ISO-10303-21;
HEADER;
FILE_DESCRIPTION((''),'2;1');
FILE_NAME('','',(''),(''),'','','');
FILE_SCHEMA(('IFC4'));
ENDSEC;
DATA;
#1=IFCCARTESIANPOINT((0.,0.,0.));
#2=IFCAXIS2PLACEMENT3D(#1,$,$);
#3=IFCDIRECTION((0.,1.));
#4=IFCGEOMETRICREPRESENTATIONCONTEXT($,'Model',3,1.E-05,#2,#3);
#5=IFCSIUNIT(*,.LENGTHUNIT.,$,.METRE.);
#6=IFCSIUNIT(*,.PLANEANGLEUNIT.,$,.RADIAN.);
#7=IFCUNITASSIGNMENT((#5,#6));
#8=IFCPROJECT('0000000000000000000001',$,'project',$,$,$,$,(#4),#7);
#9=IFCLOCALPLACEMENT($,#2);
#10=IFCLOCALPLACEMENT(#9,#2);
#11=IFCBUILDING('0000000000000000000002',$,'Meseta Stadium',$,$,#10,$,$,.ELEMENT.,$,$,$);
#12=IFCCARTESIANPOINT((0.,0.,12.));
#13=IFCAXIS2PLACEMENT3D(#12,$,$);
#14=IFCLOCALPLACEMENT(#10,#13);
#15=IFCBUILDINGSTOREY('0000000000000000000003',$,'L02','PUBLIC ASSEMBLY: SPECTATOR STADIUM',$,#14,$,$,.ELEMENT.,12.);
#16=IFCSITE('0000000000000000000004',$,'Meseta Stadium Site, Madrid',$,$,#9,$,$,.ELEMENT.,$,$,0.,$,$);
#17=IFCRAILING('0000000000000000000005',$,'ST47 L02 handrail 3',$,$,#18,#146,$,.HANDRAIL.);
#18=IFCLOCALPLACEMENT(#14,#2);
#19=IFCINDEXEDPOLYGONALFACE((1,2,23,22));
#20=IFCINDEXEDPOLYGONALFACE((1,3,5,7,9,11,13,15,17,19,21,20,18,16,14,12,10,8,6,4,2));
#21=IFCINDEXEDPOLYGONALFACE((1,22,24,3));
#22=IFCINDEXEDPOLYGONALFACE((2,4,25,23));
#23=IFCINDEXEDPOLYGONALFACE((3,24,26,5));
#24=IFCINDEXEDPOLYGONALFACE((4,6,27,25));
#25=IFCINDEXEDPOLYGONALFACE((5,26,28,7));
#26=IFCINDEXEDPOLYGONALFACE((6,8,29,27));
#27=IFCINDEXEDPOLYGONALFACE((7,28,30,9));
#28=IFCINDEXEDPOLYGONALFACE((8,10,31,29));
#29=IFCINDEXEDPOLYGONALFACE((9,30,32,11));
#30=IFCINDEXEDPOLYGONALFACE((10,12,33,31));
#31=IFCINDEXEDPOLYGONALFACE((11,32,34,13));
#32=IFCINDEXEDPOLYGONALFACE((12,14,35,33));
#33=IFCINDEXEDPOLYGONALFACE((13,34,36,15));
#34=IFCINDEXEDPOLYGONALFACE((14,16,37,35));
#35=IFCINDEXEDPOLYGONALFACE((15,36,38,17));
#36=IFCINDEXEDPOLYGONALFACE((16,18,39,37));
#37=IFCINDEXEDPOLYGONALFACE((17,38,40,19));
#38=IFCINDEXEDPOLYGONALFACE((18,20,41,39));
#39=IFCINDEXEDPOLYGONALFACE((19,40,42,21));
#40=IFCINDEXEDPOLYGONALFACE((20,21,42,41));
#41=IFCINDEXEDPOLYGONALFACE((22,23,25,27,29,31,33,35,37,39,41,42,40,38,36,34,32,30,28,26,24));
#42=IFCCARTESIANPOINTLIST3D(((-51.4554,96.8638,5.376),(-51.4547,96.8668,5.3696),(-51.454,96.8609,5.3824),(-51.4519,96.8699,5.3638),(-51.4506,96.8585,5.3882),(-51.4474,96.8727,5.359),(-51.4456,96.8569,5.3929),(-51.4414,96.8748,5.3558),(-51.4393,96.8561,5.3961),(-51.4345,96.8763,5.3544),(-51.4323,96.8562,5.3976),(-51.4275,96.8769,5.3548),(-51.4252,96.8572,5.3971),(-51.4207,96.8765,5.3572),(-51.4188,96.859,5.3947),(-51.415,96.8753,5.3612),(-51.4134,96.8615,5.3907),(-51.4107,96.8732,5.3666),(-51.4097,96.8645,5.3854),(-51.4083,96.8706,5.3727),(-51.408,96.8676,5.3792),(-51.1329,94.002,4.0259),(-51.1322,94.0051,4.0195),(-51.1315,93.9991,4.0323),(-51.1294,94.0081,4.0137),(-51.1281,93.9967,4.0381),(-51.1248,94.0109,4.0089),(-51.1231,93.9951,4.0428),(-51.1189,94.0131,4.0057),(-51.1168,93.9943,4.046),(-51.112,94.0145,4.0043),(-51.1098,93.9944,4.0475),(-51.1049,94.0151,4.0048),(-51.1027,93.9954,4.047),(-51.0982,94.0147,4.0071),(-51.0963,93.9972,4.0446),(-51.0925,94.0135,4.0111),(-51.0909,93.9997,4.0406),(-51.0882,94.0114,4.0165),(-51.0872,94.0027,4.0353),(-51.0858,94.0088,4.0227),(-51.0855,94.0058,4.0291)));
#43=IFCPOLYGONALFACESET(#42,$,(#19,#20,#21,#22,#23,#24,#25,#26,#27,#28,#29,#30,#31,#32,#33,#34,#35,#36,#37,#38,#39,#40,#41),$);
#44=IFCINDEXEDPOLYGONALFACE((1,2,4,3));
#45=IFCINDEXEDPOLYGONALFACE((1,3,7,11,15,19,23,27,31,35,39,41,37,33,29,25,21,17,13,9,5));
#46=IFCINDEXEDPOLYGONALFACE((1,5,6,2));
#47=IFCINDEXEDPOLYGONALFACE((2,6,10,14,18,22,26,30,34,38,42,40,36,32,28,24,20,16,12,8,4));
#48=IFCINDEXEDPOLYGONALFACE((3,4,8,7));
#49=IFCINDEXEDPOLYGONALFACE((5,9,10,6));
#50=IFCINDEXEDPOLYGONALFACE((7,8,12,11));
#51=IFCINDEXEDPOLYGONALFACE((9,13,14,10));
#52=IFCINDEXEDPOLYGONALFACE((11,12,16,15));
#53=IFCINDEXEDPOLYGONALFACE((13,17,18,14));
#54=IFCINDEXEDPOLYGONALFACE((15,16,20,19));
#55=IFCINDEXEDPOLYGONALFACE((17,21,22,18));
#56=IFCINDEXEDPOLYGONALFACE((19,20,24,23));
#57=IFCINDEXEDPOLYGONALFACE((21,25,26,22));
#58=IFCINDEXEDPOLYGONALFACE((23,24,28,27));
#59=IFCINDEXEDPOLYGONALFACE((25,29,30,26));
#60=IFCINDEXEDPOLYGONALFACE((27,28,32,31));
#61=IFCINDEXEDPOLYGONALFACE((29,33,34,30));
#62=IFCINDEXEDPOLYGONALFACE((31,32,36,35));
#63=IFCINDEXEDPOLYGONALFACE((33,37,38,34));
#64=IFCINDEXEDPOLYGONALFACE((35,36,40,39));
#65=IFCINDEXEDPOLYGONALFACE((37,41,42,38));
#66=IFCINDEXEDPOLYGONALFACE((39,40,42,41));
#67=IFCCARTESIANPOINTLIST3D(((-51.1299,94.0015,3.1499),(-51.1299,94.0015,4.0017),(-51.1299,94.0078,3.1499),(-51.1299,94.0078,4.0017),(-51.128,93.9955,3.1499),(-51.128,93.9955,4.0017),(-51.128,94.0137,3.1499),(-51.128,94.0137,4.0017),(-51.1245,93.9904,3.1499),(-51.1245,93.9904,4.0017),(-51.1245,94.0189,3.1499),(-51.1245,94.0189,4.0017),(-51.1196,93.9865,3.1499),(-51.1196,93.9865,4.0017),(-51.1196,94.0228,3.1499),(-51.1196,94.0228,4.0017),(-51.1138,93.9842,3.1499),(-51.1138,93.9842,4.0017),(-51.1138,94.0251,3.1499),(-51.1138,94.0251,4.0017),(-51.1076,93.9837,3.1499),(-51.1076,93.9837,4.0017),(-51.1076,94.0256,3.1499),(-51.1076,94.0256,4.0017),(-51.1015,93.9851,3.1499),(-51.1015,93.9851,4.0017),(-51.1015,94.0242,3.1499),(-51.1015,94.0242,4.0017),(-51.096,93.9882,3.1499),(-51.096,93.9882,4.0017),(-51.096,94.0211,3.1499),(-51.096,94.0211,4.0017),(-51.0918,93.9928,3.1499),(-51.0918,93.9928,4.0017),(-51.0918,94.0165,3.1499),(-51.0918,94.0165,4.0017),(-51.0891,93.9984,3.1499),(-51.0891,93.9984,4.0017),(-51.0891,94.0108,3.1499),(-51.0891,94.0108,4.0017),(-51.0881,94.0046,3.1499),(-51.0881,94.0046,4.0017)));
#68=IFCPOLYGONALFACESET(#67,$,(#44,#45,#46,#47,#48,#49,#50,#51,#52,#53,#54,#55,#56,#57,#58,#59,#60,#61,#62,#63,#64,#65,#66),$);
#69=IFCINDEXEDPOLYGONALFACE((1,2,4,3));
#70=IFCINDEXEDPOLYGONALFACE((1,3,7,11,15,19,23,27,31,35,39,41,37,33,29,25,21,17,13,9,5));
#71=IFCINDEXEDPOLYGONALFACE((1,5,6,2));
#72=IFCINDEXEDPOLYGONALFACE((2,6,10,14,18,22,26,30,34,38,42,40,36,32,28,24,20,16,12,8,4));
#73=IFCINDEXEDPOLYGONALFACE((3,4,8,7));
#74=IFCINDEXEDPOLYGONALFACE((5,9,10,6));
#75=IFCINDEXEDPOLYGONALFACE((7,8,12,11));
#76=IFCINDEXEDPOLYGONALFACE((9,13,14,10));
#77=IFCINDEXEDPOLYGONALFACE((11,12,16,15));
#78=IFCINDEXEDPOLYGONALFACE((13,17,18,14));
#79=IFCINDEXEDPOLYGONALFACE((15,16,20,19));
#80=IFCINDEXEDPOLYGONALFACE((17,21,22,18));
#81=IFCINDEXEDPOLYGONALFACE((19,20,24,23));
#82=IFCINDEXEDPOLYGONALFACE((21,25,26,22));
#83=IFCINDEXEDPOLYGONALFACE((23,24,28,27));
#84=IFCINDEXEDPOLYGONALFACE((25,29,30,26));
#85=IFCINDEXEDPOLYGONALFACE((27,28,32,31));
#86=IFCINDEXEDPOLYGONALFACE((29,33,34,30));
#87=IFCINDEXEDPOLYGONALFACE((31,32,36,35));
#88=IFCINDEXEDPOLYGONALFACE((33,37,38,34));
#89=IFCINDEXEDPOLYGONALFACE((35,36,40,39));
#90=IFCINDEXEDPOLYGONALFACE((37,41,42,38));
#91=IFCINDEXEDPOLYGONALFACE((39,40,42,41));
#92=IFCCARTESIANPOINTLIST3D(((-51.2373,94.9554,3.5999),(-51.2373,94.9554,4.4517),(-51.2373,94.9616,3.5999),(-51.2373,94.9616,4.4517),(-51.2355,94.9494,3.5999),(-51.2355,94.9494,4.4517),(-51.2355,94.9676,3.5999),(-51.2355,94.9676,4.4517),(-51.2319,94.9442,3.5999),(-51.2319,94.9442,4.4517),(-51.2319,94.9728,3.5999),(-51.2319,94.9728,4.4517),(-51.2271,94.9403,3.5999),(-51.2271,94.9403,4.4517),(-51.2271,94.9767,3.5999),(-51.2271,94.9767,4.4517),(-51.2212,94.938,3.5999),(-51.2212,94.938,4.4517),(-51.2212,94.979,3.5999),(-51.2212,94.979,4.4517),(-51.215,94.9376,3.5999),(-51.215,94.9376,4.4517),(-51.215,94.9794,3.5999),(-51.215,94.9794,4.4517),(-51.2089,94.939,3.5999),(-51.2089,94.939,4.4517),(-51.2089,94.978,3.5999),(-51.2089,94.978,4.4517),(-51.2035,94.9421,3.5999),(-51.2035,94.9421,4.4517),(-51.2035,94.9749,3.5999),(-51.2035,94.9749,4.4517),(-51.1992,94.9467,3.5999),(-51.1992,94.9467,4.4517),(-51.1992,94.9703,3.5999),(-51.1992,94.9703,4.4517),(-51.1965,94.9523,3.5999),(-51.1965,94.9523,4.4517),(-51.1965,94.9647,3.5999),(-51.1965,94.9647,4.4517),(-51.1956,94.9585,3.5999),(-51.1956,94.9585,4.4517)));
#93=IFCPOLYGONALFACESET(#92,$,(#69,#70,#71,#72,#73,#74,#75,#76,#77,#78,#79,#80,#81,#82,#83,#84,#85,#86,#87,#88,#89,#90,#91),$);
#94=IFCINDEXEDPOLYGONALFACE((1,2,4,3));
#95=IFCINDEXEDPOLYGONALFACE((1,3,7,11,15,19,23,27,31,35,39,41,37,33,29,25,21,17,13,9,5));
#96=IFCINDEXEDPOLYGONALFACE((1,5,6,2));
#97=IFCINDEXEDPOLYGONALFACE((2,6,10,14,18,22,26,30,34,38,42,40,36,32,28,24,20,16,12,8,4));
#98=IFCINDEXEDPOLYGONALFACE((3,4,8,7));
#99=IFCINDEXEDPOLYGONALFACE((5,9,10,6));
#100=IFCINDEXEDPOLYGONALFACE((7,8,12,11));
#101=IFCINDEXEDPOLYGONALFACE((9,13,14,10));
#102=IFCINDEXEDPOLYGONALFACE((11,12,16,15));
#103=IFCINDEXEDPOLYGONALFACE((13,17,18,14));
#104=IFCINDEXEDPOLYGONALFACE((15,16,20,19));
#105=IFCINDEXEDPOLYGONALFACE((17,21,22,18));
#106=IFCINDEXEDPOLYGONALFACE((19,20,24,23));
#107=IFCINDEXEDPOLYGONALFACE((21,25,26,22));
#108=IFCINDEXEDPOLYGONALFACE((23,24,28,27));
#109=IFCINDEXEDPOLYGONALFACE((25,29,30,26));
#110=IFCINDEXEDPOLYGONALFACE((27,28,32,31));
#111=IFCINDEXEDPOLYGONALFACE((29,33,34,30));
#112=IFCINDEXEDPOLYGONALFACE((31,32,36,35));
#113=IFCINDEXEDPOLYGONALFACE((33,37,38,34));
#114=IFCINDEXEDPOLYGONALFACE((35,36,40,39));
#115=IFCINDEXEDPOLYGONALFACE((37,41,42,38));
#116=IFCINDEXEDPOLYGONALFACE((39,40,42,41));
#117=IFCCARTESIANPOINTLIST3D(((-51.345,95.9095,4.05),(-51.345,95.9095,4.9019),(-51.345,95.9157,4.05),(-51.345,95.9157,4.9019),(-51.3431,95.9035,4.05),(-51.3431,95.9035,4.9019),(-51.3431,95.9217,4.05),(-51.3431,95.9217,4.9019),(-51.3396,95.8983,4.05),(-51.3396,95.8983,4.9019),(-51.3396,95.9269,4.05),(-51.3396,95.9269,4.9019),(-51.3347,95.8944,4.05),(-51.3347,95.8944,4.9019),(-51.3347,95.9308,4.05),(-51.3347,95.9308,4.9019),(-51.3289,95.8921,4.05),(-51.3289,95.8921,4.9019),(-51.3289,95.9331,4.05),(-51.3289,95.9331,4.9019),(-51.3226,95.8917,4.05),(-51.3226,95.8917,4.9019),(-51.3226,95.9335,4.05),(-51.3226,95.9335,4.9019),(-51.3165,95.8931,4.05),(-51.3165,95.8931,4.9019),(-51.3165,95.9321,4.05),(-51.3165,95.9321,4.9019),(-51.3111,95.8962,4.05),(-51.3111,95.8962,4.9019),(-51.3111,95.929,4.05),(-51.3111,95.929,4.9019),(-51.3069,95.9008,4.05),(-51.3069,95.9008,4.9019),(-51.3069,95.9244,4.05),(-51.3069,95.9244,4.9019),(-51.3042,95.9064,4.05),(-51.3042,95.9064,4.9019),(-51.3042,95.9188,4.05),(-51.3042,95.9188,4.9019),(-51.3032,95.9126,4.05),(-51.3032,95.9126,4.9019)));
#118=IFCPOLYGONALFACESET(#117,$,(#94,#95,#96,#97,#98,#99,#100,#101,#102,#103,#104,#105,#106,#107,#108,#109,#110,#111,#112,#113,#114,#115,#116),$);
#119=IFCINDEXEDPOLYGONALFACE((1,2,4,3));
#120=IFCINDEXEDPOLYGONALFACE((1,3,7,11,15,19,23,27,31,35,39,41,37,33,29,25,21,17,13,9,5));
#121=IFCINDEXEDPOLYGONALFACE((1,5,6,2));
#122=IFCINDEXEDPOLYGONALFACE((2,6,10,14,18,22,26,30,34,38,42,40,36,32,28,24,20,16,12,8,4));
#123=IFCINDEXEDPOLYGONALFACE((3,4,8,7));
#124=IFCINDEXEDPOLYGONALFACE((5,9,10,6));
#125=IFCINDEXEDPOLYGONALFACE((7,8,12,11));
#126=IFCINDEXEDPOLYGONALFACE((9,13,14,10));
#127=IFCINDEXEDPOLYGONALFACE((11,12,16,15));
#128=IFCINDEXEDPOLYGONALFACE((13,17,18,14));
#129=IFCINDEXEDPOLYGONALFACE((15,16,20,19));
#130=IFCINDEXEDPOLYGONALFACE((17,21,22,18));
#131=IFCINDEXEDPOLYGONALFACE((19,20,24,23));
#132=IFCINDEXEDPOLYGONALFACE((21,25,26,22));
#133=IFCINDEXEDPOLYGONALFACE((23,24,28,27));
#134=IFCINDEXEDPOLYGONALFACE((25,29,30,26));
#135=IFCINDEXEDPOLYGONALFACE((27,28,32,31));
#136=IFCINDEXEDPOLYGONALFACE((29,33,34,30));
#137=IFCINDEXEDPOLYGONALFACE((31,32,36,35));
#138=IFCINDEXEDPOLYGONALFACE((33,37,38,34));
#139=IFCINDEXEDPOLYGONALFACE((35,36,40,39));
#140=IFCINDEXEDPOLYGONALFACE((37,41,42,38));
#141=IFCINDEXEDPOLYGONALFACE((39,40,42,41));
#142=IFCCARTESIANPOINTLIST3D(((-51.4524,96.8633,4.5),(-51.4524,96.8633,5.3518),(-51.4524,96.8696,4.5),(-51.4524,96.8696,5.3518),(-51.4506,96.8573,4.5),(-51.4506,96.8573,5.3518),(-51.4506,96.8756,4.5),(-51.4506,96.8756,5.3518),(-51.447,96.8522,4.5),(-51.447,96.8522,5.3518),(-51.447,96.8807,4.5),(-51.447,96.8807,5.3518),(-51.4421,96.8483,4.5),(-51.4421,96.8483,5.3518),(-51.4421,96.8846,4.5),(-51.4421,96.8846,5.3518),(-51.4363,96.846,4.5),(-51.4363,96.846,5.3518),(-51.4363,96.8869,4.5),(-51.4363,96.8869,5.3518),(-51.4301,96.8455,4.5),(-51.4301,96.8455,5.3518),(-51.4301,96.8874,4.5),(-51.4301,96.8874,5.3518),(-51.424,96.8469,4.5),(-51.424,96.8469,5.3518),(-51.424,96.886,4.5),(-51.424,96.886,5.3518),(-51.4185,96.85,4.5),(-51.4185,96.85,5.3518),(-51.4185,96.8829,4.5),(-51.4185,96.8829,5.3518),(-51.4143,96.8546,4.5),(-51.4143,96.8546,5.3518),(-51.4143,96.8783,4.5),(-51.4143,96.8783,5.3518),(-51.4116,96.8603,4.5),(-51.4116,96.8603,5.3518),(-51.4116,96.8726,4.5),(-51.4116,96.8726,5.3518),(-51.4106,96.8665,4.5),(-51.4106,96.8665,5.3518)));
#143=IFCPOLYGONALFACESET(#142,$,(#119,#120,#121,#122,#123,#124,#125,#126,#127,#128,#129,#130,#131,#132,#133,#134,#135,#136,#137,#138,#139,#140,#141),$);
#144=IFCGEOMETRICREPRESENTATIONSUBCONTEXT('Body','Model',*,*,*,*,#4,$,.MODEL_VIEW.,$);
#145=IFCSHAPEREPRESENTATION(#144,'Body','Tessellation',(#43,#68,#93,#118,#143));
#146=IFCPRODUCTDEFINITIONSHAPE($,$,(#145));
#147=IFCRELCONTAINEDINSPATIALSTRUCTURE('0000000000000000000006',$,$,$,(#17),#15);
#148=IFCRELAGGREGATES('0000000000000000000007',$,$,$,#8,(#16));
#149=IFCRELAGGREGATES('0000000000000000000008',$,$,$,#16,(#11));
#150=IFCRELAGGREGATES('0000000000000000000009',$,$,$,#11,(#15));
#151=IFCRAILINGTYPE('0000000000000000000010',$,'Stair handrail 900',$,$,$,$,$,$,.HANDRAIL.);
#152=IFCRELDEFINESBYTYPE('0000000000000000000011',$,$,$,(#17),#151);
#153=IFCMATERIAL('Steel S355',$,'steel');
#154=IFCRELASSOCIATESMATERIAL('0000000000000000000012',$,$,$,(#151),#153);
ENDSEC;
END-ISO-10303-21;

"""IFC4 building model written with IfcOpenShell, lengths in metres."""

from ifc_helpers import new_model, si_unit, direction, frame, origin, origin_2d, place, context, subcontext, project, spatial, circle, extrude, material, type_object, element, save


model = new_model("IFC4")

# Units and contexts
model_context = context("Model", 3, precision=1e-05, world=origin(), true_north=direction((0.0, 1.0)))
body_context = subcontext(model_context, "Body", "Model", "MODEL_VIEW")
ifc_project = project(units=[si_unit("LENGTHUNIT", "METRE"), si_unit("PLANEANGLEUNIT", "RADIAN")], contexts=[model_context])

# Site, building, storey
site_placement = place(None, origin())
site = spatial("IfcSite", under=ifc_project, at=site_placement, Name="Meseta Stadium Site, Madrid", CompositionType="ELEMENT", RefElevation=0.0)
building_placement = place(site_placement, origin())
building = spatial("IfcBuilding", under=site, at=building_placement, Name="Meseta Stadium", CompositionType="ELEMENT")
storey_placement = place(building_placement, frame((0.0, 0.0, 12.0)))
storey = spatial("IfcBuildingStorey", under=building, at=storey_placement, Name="L02", Description="PUBLIC ASSEMBLY: SPECTATOR STADIUM", CompositionType="ELEMENT", Elevation=12.0)

# Railing
ifc_material_1 = material(Name="Steel S355", Category="steel")
railing_type_1 = type_object("IfcRailingType", Name="Stair handrail 900", PredefinedType="HANDRAIL", material=ifc_material_1)
for number, where, name in (
    (1, (-51.1091, 94.0046, 3.1499), "ST47 L02 handrail 3"),
):
    element("IfcRailing", number, at=place(storey_placement, frame(where)), inside=storey, type_object=railing_type_1, Name=name, PredefinedType="HANDRAIL", context=body_context, shape_type="SweptSolid", body=[
        extrude(circle(Radius=0.0239, at=origin_2d()), frame((0.0, 0.0, 0.876), z_axis=(-0.101396, 0.899748, 0.424467), x_axis=(-0.99371, -0.111985, 0.0)), (0.0, 0.0, 1.0), 3.1807),
        extrude(circle(Radius=0.021, at=origin_2d()), origin(), (0.0, 0.0, 1.0), 0.8518),
        extrude(circle(Radius=0.021, at=origin_2d()), frame((-0.1074, 0.9539, 0.45)), (0.0, 0.0, 1.0), 0.8518),
        extrude(circle(Radius=0.021, at=origin_2d()), frame((-0.2151, 1.908, 0.9001)), (0.0, 0.0, 1.0), 0.8518),
        extrude(circle(Radius=0.021, at=origin_2d()), frame((-0.3225, 2.8618, 1.3501)), (0.0, 0.0, 1.0), 0.8518),
    ])

save(model, "model.ifc")
